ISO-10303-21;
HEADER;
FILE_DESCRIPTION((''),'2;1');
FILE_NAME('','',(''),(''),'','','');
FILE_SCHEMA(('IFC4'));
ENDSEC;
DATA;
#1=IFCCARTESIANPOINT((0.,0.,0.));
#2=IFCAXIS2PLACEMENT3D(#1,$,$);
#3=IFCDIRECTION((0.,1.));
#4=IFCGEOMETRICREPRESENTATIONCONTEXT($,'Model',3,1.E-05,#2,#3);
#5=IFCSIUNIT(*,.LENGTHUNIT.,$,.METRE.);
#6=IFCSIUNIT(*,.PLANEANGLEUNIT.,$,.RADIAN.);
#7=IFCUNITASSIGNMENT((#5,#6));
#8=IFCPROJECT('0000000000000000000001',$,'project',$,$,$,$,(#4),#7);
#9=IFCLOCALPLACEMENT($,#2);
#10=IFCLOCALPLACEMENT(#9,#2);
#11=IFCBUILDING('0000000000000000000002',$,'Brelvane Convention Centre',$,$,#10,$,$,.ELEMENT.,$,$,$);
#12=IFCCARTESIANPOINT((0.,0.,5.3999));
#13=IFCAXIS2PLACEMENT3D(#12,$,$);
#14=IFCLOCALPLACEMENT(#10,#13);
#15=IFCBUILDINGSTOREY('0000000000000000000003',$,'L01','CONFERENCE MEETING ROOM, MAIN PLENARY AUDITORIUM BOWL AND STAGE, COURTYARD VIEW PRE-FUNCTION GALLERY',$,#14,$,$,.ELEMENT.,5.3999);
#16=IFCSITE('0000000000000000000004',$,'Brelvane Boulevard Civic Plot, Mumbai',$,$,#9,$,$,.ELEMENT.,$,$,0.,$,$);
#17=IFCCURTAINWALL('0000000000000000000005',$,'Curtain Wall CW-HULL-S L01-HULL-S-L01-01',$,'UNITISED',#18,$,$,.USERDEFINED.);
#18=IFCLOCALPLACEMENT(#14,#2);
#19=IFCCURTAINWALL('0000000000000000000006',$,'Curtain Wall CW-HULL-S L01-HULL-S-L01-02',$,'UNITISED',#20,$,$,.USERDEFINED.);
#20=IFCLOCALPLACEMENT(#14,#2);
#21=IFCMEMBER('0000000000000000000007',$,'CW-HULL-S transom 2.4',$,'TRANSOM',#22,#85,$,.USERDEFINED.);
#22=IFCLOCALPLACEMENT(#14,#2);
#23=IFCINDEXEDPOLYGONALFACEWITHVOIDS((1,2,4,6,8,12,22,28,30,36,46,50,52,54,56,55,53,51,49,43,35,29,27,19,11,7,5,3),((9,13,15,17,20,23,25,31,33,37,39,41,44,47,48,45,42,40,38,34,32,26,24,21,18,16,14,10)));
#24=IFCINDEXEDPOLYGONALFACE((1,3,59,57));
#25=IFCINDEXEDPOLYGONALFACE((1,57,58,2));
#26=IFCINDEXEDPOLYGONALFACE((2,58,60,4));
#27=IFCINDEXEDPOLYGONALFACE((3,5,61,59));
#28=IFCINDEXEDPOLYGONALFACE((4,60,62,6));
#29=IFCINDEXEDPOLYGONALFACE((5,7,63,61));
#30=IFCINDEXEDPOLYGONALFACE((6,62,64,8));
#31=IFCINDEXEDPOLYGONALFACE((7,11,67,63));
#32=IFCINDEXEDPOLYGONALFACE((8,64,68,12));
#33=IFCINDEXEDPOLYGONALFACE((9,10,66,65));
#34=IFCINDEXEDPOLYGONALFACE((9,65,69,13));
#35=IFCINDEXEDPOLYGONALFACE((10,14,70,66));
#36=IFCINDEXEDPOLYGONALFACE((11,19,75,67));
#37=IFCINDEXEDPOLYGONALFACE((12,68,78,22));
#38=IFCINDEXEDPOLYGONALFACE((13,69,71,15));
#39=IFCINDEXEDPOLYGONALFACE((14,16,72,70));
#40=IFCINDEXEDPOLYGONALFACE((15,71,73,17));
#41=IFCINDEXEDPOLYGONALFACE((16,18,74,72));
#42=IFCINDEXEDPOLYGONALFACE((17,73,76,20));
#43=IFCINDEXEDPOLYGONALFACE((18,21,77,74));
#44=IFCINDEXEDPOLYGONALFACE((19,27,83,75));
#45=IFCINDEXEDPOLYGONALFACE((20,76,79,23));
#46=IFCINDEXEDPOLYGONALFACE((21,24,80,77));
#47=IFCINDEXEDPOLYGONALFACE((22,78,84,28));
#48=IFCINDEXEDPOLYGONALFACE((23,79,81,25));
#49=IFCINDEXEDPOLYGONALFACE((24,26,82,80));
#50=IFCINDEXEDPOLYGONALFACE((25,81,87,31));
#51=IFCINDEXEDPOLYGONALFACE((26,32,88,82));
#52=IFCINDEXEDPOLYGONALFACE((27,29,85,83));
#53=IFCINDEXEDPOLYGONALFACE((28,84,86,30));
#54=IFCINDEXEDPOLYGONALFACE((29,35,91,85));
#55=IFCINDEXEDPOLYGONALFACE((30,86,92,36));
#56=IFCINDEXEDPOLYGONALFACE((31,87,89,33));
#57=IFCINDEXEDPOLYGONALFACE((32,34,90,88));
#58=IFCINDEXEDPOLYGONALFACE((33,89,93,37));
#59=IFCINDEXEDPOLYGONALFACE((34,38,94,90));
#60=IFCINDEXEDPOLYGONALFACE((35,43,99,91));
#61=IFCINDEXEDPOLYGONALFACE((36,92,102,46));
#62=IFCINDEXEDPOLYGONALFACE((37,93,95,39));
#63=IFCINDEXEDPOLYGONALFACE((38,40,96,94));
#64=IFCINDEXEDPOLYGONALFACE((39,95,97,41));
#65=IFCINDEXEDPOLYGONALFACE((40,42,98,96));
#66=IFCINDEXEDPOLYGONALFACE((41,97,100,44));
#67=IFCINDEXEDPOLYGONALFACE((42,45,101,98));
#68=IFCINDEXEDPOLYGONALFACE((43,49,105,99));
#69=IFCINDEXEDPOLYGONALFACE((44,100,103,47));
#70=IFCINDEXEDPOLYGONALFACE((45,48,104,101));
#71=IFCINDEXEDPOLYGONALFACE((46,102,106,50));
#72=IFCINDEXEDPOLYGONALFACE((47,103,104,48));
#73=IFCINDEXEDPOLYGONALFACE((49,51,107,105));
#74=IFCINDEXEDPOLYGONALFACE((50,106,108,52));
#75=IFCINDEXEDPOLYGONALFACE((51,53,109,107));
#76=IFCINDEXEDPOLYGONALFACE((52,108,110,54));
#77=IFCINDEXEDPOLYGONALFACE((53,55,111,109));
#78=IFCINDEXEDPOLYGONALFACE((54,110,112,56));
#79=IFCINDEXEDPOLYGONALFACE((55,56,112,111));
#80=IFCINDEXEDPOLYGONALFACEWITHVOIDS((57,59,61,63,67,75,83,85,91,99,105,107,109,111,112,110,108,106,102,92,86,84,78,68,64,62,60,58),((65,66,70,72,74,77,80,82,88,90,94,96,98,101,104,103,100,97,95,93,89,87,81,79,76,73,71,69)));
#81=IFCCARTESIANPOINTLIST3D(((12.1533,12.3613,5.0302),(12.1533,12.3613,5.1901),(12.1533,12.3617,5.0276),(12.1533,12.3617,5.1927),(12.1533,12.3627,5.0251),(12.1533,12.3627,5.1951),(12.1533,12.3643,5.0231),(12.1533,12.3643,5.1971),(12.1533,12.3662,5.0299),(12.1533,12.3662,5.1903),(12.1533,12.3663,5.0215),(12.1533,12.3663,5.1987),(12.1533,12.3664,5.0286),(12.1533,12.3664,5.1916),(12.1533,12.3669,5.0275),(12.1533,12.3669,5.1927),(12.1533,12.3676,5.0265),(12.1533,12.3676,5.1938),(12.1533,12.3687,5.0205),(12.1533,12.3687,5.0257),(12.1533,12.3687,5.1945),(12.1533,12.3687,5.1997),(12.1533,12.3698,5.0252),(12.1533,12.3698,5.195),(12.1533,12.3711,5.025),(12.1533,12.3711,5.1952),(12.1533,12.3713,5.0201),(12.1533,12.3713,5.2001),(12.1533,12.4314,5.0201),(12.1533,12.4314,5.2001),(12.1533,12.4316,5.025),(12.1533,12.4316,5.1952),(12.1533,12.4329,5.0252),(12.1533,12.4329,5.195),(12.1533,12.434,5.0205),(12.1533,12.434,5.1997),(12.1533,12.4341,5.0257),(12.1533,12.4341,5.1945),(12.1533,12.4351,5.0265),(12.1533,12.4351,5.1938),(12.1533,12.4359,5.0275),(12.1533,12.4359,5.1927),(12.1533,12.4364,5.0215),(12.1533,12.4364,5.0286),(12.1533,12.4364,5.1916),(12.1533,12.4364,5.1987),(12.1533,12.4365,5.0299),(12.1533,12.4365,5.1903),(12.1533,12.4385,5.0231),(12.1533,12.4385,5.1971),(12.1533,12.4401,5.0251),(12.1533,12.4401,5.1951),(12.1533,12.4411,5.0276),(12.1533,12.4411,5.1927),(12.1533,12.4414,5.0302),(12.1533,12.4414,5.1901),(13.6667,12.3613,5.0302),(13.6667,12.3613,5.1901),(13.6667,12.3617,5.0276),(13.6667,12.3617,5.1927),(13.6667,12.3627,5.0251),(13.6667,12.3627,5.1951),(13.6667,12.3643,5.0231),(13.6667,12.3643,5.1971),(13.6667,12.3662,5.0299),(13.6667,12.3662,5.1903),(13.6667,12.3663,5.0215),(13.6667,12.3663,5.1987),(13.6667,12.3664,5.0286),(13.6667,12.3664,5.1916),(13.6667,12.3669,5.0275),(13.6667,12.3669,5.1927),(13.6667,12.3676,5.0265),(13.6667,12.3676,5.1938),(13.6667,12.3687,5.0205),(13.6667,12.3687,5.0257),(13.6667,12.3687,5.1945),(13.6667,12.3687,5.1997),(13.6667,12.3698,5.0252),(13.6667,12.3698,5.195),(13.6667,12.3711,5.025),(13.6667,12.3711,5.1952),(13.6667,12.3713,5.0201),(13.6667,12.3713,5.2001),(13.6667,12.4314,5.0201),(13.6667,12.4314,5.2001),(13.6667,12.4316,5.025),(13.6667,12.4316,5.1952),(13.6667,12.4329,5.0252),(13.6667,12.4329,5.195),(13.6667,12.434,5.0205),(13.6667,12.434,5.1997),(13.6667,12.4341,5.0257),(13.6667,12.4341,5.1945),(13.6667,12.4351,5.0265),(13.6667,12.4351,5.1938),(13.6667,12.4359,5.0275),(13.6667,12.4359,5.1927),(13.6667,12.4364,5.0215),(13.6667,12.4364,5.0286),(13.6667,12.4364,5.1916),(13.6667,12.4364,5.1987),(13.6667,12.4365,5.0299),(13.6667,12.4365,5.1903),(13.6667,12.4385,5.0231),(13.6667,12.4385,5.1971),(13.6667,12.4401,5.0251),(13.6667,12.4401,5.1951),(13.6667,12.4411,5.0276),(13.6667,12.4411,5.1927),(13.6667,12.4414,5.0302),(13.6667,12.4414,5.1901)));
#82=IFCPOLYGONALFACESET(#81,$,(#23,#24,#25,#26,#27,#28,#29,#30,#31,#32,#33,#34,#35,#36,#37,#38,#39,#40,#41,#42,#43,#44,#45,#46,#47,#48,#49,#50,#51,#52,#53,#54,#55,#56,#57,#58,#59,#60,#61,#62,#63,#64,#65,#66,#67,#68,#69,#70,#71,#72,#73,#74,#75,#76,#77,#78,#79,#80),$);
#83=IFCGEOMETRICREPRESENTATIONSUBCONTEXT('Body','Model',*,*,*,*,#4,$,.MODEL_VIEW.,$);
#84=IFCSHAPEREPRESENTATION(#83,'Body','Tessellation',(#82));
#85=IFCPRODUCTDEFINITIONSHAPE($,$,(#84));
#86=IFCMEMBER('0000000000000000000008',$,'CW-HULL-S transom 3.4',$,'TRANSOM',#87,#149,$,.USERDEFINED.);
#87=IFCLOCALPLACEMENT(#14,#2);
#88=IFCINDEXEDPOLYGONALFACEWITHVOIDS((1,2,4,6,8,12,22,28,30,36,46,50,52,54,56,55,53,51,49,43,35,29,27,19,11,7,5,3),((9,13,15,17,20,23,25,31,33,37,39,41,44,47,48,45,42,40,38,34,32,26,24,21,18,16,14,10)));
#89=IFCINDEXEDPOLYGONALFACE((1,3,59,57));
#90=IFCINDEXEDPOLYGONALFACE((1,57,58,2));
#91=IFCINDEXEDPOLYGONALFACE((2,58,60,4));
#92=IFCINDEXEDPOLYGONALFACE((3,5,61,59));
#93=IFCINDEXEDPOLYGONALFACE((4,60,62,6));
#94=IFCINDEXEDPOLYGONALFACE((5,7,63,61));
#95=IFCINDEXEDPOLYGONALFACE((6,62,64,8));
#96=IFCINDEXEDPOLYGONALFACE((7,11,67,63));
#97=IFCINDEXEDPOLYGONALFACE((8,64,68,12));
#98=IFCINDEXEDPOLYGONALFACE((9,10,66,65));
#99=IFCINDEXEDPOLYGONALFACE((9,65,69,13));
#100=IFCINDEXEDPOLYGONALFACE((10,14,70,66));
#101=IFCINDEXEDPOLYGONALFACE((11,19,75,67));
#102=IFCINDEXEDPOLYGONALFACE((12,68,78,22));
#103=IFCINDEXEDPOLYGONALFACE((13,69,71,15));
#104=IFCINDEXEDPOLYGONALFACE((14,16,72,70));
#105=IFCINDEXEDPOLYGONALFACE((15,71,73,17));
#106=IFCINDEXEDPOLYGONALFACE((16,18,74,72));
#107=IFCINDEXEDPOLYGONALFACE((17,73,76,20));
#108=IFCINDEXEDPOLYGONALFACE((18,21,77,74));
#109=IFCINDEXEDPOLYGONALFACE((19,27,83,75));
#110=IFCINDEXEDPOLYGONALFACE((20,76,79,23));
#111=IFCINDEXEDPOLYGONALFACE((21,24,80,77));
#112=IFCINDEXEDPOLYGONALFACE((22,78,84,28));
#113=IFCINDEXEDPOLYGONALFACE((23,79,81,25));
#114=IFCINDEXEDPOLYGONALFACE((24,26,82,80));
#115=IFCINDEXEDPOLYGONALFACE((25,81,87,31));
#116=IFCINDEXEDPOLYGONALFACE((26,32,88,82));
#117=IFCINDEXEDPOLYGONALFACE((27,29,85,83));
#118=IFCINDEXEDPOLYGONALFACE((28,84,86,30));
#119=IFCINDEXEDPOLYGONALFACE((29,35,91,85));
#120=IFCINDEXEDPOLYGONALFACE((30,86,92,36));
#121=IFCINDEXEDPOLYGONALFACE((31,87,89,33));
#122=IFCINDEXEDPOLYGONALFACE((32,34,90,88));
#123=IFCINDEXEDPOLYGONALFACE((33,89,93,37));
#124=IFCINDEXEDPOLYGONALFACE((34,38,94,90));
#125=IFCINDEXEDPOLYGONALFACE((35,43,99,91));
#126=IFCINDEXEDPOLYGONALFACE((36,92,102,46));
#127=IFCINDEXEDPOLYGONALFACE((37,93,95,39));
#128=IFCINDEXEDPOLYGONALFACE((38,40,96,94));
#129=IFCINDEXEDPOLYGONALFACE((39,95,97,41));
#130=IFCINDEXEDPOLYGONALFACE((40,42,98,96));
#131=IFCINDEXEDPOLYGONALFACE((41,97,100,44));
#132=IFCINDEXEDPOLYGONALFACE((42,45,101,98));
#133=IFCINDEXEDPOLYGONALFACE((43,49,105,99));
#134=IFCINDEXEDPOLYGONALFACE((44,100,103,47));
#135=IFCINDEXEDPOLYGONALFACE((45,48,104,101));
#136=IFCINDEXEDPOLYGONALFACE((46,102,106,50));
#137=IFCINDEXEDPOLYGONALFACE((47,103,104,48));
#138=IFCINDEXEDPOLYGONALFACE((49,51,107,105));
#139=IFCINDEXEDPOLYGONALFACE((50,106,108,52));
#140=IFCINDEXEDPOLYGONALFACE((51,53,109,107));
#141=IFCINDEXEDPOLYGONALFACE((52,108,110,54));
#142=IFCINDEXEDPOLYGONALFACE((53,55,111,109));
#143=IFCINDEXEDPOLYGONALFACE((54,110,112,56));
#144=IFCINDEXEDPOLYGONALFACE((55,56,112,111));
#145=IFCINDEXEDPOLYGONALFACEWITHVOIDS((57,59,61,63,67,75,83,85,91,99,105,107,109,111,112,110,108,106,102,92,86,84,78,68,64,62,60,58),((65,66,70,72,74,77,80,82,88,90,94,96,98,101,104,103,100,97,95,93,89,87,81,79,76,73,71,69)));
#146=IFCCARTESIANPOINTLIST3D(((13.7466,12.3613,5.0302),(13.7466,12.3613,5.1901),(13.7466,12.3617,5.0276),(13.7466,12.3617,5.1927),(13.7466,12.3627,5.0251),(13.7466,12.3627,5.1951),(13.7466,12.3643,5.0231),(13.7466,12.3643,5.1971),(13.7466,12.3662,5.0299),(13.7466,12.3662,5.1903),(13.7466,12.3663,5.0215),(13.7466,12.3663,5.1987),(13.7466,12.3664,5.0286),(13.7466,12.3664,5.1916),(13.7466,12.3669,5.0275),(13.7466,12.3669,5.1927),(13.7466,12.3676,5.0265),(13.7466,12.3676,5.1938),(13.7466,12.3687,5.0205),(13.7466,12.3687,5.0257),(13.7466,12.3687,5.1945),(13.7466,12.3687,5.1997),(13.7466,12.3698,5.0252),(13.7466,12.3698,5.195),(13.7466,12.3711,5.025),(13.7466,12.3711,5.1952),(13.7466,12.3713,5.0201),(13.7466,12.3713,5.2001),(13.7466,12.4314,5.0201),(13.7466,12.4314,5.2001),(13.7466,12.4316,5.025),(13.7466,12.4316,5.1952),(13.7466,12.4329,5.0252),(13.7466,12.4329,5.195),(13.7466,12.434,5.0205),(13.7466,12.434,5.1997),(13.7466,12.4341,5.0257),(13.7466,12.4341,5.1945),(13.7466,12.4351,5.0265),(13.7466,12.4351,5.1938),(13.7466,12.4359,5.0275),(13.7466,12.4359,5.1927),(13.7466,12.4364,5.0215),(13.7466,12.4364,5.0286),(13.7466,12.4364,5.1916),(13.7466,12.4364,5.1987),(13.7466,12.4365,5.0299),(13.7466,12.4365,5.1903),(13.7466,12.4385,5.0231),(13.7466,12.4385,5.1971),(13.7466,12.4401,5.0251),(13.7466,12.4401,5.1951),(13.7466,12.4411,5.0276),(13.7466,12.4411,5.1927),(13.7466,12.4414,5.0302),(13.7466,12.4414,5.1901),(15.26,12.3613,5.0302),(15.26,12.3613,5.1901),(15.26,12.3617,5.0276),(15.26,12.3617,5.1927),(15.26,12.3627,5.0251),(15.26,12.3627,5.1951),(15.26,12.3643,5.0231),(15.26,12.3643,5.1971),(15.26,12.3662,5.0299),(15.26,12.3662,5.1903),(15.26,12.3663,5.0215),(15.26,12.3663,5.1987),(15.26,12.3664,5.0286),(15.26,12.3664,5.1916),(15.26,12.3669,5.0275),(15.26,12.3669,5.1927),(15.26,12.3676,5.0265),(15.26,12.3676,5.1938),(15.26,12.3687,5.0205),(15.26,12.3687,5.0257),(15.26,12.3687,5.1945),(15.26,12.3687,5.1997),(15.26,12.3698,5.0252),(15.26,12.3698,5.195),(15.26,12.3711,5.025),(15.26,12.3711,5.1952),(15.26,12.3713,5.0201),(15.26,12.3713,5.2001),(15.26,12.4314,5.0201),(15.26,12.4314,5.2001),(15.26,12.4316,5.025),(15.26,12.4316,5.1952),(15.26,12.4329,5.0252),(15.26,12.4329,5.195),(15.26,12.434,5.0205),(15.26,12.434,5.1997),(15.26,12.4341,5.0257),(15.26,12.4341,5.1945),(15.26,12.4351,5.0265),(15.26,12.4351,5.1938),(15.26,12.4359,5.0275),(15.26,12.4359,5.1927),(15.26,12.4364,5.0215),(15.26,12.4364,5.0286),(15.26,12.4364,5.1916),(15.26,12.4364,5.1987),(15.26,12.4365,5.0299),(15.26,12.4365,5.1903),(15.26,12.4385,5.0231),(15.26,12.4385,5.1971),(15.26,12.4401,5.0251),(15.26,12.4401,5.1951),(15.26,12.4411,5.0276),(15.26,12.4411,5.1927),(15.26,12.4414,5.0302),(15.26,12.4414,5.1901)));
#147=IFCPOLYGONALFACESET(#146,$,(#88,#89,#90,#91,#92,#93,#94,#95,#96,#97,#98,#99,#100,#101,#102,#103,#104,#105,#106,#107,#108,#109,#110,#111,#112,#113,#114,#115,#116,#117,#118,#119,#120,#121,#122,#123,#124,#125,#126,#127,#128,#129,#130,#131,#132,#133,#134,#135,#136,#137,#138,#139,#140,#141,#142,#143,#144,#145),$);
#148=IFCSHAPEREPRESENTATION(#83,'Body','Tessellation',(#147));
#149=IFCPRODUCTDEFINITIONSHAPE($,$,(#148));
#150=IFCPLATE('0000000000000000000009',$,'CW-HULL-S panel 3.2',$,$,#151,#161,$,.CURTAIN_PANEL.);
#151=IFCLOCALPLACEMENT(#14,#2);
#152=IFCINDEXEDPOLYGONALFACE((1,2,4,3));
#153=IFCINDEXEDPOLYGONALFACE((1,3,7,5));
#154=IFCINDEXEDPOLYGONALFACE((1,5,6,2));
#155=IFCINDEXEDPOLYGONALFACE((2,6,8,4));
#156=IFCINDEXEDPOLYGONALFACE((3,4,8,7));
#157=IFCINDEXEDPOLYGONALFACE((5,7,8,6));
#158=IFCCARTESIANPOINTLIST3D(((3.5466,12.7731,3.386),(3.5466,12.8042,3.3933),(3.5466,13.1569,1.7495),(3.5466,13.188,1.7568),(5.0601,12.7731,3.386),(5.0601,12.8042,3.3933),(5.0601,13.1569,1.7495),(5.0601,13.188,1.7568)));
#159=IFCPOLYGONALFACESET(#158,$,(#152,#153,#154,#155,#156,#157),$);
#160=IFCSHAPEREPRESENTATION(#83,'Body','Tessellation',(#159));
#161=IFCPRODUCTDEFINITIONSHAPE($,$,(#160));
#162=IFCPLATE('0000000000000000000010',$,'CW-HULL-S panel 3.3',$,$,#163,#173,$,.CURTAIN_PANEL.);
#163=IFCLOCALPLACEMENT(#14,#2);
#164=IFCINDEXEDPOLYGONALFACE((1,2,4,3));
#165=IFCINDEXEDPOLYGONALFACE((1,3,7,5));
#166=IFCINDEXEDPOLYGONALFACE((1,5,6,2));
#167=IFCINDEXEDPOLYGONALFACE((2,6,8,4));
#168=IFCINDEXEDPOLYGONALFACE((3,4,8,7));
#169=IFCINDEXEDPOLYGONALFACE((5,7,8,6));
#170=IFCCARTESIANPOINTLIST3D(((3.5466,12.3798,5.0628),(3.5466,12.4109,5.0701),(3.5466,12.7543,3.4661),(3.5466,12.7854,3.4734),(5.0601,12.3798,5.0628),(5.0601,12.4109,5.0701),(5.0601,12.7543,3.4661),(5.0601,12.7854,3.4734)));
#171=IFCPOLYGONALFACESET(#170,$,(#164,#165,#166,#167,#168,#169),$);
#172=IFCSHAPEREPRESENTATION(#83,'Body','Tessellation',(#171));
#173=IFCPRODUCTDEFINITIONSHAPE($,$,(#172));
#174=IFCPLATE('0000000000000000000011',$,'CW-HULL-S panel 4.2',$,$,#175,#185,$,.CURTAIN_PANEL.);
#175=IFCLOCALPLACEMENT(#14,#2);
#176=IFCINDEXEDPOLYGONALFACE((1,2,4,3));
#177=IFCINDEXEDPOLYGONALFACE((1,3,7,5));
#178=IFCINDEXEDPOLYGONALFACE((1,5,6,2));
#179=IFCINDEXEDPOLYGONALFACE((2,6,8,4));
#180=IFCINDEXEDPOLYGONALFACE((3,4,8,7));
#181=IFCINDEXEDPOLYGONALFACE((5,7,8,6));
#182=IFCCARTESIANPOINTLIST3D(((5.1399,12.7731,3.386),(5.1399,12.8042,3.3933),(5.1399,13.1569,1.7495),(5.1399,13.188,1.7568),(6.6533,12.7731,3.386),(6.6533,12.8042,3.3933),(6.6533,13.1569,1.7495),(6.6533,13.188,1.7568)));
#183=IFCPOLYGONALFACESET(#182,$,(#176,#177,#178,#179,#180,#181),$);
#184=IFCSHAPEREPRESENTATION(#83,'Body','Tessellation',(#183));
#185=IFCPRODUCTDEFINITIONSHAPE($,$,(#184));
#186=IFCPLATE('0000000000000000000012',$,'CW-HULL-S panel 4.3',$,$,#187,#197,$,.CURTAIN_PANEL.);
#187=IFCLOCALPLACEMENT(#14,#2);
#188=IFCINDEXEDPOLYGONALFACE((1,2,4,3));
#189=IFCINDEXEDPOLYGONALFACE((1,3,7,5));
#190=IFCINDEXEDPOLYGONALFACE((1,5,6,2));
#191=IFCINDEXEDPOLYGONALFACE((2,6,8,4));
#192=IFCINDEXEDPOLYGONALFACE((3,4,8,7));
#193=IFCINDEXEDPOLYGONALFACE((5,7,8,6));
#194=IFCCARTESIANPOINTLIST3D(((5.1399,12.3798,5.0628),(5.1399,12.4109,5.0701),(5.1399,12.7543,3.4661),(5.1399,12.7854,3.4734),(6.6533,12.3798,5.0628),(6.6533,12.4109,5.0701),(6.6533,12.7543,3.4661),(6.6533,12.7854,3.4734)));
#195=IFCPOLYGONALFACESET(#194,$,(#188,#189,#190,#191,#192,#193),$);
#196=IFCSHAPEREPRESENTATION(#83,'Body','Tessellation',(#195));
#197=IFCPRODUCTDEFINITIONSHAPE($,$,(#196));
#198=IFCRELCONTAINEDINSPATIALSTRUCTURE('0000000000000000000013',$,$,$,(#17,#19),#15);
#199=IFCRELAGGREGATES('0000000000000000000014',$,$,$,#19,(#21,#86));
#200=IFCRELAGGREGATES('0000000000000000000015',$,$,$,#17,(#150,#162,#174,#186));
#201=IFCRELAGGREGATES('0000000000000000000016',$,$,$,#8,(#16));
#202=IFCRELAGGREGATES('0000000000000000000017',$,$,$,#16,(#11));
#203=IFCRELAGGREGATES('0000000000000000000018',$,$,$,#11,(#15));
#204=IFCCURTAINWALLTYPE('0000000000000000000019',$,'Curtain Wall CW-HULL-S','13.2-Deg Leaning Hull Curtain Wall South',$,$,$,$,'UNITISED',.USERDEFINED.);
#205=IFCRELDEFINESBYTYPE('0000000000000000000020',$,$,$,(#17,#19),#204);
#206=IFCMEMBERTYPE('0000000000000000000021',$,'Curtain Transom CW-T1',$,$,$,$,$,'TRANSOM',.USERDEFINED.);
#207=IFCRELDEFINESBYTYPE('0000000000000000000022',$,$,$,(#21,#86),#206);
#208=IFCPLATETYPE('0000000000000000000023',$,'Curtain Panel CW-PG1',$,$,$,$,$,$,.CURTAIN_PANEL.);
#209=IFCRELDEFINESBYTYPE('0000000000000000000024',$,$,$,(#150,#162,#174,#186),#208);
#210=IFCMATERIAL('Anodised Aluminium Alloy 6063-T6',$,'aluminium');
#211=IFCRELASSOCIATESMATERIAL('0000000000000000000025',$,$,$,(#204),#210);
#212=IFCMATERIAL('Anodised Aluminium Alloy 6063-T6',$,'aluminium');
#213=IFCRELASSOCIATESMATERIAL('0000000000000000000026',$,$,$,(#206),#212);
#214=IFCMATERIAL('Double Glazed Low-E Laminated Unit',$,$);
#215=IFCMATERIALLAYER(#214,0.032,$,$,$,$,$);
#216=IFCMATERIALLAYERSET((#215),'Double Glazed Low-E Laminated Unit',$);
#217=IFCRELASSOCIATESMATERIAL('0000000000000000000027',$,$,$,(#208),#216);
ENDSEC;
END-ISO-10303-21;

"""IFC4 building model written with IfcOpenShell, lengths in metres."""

from ifc_helpers import new_model, si_unit, direction, frame, origin, origin_2d, place, context, subcontext, project, spatial, polyline, hollow_rectangle, outline, extrude, material, layer, layer_set, material_profile, profile_set, type_object, element, aggregate, save


model = new_model("IFC4")

# Units and contexts
model_context = context("Model", 3, precision=1e-05, world=origin(), true_north=direction((0.0, 1.0)))
body_context = subcontext(model_context, "Body", "Model", "MODEL_VIEW")
ifc_project = project(units=[si_unit("LENGTHUNIT", "METRE"), si_unit("PLANEANGLEUNIT", "RADIAN")], contexts=[model_context])

# Site, building, storey
site_placement = place(None, origin())
site = spatial("IfcSite", under=ifc_project, at=site_placement, Name="Brelvane Boulevard Civic Plot, Mumbai", CompositionType="ELEMENT", RefElevation=0.0)
building_placement = place(site_placement, origin())
building = spatial("IfcBuilding", under=site, at=building_placement, Name="Brelvane Convention Centre", CompositionType="ELEMENT")
storey_placement = place(building_placement, frame((0.0, 0.0, 5.3999)))
storey = spatial("IfcBuildingStorey", under=building, at=storey_placement, Name="L01", Description="CONFERENCE MEETING ROOM, MAIN PLENARY AUDITORIUM BOWL AND STAGE, COURTYARD VIEW PRE-FUNCTION GALLERY", CompositionType="ELEMENT", Elevation=5.3999)

# Curtain walls, members
ifc_material_1 = material(Name="Anodised Aluminium Alloy 6063-T6", Category="aluminium")
curtain_wall_type = type_object("IfcCurtainWallType", Name="Curtain Wall CW-HULL-S", Description="13.2-Deg Leaning Hull Curtain Wall South", ElementType="UNITISED", PredefinedType="USERDEFINED", material=ifc_material_1)
curtain_wall_1_placement = place(storey_placement, origin())
curtain_wall_1 = element("IfcCurtainWall", 1, at=curtain_wall_1_placement, inside=storey, type_object=curtain_wall_type, Name="Curtain Wall CW-HULL-S L01-HULL-S-L01-01", ObjectType="UNITISED", PredefinedType="USERDEFINED")
ifc_material_2 = material(Name="Anodised Aluminium Alloy 6063-T6", Category="aluminium")
ifc_material_profile = material_profile(ifc_material_2, hollow_rectangle(XDim=0.0801, YDim=0.1799, WallThickness=0.0049, InnerFilletRadius=0.0049, OuterFilletRadius=0.01, at=origin_2d()), Name="ALU-T 180x80x5.0")
ifc_profile_set = profile_set([ifc_material_profile], Name="Anodised Aluminium Alloy 6063-T6")
member_type = type_object("IfcMemberType", Name="Curtain Transom CW-T1", ElementType="TRANSOM", PredefinedType="USERDEFINED", material=ifc_profile_set)
curtain_wall_2_placement = place(storey_placement, origin())
curtain_wall_2 = element("IfcCurtainWall", 2, at=curtain_wall_2_placement, inside=storey, type_object=curtain_wall_type, Name="Curtain Wall CW-HULL-S L01-HULL-S-L01-02", ObjectType="UNITISED", PredefinedType="USERDEFINED")
member_1_placement = place(storey_placement, frame((12.1533, 12.4014, 5.1101), z_axis=(1.0, 0.0, 0.0), x_axis=(0.0, 1.0, 0.0)))
member_1 = element("IfcMember", 3, at=member_1_placement, type_object=member_type, Name="CW-HULL-S transom 2.4", ObjectType="TRANSOM", PredefinedType="USERDEFINED", context=body_context, shape_type="SweptSolid", body=[
    extrude(hollow_rectangle(XDim=0.0801, YDim=0.1799, WallThickness=0.0049, InnerFilletRadius=0.0049, OuterFilletRadius=0.01, at=origin_2d()), origin(), (0.0, 0.0, 1.0), 1.5134),
])
member_2_placement = place(storey_placement, frame((13.7466, 12.4014, 5.1101), z_axis=(1.0, 0.0, 0.0), x_axis=(0.0, 1.0, 0.0)))
member_2 = element("IfcMember", 4, at=member_2_placement, type_object=member_type, Name="CW-HULL-S transom 3.4", ObjectType="TRANSOM", PredefinedType="USERDEFINED", context=body_context, shape_type="SweptSolid", body=[
    extrude(hollow_rectangle(XDim=0.0801, YDim=0.1799, WallThickness=0.0049, InnerFilletRadius=0.0049, OuterFilletRadius=0.01, at=origin_2d()), origin(), (0.0, 0.0, 1.0), 1.5134),
])

# Plates
ifc_material_3 = material(Name="Double Glazed Low-E Laminated Unit")
ifc_layer_1 = layer(ifc_material_3, 0.032)
ifc_layer_set_1 = layer_set([ifc_layer_1], Name="Double Glazed Low-E Laminated Unit")
plate_type_1 = type_object("IfcPlateType", Name="Curtain Panel CW-PG1", PredefinedType="CURTAIN_PANEL", material=ifc_layer_set_1)
plate_1_placement = place(storey_placement, frame((3.5466, 13.188, 1.7568), z_axis=(0.0, 0.973585, 0.228327), x_axis=(1.0, 0.0, 0.0)))
plate_1 = element("IfcPlate", 5, at=plate_1_placement, type_object=plate_type_1, Name="CW-HULL-S panel 3.2", PredefinedType="CURTAIN_PANEL", context=body_context, shape_type="SweptSolid", body=[
    extrude(outline(polyline([(0.0, 0.0), (1.5134, 0.0), (1.5134, -1.6809), (0.0, -1.6809), (0.0, 0.0)])), origin(), (0.0, 0.0, -1.0), 0.032),
])
plate_2_placement = place(storey_placement, frame((3.5466, 12.7854, 3.4734), z_axis=(0.0, 0.973577, 0.228359), x_axis=(1.0, 0.0, 0.0)))
plate_2 = element("IfcPlate", 6, at=plate_2_placement, type_object=plate_type_1, Name="CW-HULL-S panel 3.3", PredefinedType="CURTAIN_PANEL", context=body_context, shape_type="SweptSolid", body=[
    extrude(outline(polyline([(0.0, 0.0), (1.5134, 0.0), (1.5134, -1.64), (0.0, -1.64), (0.0, 0.0)])), origin(), (0.0, 0.0, -1.0), 0.032),
])
plate_3_placement = place(storey_placement, frame((5.1399, 13.188, 1.7568), z_axis=(0.0, 0.973585, 0.228327), x_axis=(1.0, 0.0, 0.0)))
plate_3 = element("IfcPlate", 7, at=plate_3_placement, type_object=plate_type_1, Name="CW-HULL-S panel 4.2", PredefinedType="CURTAIN_PANEL", context=body_context, shape_type="SweptSolid", body=[
    extrude(outline(polyline([(0.0, 0.0), (1.5134, 0.0), (1.5134, -1.6809), (0.0, -1.6809), (0.0, 0.0)])), origin(), (0.0, 0.0, -1.0), 0.032),
])
plate_4_placement = place(storey_placement, frame((5.1399, 12.7854, 3.4734), z_axis=(0.0, 0.973577, 0.228359), x_axis=(1.0, 0.0, 0.0)))
plate_4 = element("IfcPlate", 8, at=plate_4_placement, type_object=plate_type_1, Name="CW-HULL-S panel 4.3", PredefinedType="CURTAIN_PANEL", context=body_context, shape_type="SweptSolid", body=[
    extrude(outline(polyline([(0.0, 0.0), (1.5134, 0.0), (1.5134, -1.64), (0.0, -1.64), (0.0, 0.0)])), origin(), (0.0, 0.0, -1.0), 0.032),
])
aggregate(curtain_wall_2, [member_1, member_2])
aggregate(curtain_wall_1, [plate_1, plate_2, plate_3, plate_4])

save(model, "model.ifc")
